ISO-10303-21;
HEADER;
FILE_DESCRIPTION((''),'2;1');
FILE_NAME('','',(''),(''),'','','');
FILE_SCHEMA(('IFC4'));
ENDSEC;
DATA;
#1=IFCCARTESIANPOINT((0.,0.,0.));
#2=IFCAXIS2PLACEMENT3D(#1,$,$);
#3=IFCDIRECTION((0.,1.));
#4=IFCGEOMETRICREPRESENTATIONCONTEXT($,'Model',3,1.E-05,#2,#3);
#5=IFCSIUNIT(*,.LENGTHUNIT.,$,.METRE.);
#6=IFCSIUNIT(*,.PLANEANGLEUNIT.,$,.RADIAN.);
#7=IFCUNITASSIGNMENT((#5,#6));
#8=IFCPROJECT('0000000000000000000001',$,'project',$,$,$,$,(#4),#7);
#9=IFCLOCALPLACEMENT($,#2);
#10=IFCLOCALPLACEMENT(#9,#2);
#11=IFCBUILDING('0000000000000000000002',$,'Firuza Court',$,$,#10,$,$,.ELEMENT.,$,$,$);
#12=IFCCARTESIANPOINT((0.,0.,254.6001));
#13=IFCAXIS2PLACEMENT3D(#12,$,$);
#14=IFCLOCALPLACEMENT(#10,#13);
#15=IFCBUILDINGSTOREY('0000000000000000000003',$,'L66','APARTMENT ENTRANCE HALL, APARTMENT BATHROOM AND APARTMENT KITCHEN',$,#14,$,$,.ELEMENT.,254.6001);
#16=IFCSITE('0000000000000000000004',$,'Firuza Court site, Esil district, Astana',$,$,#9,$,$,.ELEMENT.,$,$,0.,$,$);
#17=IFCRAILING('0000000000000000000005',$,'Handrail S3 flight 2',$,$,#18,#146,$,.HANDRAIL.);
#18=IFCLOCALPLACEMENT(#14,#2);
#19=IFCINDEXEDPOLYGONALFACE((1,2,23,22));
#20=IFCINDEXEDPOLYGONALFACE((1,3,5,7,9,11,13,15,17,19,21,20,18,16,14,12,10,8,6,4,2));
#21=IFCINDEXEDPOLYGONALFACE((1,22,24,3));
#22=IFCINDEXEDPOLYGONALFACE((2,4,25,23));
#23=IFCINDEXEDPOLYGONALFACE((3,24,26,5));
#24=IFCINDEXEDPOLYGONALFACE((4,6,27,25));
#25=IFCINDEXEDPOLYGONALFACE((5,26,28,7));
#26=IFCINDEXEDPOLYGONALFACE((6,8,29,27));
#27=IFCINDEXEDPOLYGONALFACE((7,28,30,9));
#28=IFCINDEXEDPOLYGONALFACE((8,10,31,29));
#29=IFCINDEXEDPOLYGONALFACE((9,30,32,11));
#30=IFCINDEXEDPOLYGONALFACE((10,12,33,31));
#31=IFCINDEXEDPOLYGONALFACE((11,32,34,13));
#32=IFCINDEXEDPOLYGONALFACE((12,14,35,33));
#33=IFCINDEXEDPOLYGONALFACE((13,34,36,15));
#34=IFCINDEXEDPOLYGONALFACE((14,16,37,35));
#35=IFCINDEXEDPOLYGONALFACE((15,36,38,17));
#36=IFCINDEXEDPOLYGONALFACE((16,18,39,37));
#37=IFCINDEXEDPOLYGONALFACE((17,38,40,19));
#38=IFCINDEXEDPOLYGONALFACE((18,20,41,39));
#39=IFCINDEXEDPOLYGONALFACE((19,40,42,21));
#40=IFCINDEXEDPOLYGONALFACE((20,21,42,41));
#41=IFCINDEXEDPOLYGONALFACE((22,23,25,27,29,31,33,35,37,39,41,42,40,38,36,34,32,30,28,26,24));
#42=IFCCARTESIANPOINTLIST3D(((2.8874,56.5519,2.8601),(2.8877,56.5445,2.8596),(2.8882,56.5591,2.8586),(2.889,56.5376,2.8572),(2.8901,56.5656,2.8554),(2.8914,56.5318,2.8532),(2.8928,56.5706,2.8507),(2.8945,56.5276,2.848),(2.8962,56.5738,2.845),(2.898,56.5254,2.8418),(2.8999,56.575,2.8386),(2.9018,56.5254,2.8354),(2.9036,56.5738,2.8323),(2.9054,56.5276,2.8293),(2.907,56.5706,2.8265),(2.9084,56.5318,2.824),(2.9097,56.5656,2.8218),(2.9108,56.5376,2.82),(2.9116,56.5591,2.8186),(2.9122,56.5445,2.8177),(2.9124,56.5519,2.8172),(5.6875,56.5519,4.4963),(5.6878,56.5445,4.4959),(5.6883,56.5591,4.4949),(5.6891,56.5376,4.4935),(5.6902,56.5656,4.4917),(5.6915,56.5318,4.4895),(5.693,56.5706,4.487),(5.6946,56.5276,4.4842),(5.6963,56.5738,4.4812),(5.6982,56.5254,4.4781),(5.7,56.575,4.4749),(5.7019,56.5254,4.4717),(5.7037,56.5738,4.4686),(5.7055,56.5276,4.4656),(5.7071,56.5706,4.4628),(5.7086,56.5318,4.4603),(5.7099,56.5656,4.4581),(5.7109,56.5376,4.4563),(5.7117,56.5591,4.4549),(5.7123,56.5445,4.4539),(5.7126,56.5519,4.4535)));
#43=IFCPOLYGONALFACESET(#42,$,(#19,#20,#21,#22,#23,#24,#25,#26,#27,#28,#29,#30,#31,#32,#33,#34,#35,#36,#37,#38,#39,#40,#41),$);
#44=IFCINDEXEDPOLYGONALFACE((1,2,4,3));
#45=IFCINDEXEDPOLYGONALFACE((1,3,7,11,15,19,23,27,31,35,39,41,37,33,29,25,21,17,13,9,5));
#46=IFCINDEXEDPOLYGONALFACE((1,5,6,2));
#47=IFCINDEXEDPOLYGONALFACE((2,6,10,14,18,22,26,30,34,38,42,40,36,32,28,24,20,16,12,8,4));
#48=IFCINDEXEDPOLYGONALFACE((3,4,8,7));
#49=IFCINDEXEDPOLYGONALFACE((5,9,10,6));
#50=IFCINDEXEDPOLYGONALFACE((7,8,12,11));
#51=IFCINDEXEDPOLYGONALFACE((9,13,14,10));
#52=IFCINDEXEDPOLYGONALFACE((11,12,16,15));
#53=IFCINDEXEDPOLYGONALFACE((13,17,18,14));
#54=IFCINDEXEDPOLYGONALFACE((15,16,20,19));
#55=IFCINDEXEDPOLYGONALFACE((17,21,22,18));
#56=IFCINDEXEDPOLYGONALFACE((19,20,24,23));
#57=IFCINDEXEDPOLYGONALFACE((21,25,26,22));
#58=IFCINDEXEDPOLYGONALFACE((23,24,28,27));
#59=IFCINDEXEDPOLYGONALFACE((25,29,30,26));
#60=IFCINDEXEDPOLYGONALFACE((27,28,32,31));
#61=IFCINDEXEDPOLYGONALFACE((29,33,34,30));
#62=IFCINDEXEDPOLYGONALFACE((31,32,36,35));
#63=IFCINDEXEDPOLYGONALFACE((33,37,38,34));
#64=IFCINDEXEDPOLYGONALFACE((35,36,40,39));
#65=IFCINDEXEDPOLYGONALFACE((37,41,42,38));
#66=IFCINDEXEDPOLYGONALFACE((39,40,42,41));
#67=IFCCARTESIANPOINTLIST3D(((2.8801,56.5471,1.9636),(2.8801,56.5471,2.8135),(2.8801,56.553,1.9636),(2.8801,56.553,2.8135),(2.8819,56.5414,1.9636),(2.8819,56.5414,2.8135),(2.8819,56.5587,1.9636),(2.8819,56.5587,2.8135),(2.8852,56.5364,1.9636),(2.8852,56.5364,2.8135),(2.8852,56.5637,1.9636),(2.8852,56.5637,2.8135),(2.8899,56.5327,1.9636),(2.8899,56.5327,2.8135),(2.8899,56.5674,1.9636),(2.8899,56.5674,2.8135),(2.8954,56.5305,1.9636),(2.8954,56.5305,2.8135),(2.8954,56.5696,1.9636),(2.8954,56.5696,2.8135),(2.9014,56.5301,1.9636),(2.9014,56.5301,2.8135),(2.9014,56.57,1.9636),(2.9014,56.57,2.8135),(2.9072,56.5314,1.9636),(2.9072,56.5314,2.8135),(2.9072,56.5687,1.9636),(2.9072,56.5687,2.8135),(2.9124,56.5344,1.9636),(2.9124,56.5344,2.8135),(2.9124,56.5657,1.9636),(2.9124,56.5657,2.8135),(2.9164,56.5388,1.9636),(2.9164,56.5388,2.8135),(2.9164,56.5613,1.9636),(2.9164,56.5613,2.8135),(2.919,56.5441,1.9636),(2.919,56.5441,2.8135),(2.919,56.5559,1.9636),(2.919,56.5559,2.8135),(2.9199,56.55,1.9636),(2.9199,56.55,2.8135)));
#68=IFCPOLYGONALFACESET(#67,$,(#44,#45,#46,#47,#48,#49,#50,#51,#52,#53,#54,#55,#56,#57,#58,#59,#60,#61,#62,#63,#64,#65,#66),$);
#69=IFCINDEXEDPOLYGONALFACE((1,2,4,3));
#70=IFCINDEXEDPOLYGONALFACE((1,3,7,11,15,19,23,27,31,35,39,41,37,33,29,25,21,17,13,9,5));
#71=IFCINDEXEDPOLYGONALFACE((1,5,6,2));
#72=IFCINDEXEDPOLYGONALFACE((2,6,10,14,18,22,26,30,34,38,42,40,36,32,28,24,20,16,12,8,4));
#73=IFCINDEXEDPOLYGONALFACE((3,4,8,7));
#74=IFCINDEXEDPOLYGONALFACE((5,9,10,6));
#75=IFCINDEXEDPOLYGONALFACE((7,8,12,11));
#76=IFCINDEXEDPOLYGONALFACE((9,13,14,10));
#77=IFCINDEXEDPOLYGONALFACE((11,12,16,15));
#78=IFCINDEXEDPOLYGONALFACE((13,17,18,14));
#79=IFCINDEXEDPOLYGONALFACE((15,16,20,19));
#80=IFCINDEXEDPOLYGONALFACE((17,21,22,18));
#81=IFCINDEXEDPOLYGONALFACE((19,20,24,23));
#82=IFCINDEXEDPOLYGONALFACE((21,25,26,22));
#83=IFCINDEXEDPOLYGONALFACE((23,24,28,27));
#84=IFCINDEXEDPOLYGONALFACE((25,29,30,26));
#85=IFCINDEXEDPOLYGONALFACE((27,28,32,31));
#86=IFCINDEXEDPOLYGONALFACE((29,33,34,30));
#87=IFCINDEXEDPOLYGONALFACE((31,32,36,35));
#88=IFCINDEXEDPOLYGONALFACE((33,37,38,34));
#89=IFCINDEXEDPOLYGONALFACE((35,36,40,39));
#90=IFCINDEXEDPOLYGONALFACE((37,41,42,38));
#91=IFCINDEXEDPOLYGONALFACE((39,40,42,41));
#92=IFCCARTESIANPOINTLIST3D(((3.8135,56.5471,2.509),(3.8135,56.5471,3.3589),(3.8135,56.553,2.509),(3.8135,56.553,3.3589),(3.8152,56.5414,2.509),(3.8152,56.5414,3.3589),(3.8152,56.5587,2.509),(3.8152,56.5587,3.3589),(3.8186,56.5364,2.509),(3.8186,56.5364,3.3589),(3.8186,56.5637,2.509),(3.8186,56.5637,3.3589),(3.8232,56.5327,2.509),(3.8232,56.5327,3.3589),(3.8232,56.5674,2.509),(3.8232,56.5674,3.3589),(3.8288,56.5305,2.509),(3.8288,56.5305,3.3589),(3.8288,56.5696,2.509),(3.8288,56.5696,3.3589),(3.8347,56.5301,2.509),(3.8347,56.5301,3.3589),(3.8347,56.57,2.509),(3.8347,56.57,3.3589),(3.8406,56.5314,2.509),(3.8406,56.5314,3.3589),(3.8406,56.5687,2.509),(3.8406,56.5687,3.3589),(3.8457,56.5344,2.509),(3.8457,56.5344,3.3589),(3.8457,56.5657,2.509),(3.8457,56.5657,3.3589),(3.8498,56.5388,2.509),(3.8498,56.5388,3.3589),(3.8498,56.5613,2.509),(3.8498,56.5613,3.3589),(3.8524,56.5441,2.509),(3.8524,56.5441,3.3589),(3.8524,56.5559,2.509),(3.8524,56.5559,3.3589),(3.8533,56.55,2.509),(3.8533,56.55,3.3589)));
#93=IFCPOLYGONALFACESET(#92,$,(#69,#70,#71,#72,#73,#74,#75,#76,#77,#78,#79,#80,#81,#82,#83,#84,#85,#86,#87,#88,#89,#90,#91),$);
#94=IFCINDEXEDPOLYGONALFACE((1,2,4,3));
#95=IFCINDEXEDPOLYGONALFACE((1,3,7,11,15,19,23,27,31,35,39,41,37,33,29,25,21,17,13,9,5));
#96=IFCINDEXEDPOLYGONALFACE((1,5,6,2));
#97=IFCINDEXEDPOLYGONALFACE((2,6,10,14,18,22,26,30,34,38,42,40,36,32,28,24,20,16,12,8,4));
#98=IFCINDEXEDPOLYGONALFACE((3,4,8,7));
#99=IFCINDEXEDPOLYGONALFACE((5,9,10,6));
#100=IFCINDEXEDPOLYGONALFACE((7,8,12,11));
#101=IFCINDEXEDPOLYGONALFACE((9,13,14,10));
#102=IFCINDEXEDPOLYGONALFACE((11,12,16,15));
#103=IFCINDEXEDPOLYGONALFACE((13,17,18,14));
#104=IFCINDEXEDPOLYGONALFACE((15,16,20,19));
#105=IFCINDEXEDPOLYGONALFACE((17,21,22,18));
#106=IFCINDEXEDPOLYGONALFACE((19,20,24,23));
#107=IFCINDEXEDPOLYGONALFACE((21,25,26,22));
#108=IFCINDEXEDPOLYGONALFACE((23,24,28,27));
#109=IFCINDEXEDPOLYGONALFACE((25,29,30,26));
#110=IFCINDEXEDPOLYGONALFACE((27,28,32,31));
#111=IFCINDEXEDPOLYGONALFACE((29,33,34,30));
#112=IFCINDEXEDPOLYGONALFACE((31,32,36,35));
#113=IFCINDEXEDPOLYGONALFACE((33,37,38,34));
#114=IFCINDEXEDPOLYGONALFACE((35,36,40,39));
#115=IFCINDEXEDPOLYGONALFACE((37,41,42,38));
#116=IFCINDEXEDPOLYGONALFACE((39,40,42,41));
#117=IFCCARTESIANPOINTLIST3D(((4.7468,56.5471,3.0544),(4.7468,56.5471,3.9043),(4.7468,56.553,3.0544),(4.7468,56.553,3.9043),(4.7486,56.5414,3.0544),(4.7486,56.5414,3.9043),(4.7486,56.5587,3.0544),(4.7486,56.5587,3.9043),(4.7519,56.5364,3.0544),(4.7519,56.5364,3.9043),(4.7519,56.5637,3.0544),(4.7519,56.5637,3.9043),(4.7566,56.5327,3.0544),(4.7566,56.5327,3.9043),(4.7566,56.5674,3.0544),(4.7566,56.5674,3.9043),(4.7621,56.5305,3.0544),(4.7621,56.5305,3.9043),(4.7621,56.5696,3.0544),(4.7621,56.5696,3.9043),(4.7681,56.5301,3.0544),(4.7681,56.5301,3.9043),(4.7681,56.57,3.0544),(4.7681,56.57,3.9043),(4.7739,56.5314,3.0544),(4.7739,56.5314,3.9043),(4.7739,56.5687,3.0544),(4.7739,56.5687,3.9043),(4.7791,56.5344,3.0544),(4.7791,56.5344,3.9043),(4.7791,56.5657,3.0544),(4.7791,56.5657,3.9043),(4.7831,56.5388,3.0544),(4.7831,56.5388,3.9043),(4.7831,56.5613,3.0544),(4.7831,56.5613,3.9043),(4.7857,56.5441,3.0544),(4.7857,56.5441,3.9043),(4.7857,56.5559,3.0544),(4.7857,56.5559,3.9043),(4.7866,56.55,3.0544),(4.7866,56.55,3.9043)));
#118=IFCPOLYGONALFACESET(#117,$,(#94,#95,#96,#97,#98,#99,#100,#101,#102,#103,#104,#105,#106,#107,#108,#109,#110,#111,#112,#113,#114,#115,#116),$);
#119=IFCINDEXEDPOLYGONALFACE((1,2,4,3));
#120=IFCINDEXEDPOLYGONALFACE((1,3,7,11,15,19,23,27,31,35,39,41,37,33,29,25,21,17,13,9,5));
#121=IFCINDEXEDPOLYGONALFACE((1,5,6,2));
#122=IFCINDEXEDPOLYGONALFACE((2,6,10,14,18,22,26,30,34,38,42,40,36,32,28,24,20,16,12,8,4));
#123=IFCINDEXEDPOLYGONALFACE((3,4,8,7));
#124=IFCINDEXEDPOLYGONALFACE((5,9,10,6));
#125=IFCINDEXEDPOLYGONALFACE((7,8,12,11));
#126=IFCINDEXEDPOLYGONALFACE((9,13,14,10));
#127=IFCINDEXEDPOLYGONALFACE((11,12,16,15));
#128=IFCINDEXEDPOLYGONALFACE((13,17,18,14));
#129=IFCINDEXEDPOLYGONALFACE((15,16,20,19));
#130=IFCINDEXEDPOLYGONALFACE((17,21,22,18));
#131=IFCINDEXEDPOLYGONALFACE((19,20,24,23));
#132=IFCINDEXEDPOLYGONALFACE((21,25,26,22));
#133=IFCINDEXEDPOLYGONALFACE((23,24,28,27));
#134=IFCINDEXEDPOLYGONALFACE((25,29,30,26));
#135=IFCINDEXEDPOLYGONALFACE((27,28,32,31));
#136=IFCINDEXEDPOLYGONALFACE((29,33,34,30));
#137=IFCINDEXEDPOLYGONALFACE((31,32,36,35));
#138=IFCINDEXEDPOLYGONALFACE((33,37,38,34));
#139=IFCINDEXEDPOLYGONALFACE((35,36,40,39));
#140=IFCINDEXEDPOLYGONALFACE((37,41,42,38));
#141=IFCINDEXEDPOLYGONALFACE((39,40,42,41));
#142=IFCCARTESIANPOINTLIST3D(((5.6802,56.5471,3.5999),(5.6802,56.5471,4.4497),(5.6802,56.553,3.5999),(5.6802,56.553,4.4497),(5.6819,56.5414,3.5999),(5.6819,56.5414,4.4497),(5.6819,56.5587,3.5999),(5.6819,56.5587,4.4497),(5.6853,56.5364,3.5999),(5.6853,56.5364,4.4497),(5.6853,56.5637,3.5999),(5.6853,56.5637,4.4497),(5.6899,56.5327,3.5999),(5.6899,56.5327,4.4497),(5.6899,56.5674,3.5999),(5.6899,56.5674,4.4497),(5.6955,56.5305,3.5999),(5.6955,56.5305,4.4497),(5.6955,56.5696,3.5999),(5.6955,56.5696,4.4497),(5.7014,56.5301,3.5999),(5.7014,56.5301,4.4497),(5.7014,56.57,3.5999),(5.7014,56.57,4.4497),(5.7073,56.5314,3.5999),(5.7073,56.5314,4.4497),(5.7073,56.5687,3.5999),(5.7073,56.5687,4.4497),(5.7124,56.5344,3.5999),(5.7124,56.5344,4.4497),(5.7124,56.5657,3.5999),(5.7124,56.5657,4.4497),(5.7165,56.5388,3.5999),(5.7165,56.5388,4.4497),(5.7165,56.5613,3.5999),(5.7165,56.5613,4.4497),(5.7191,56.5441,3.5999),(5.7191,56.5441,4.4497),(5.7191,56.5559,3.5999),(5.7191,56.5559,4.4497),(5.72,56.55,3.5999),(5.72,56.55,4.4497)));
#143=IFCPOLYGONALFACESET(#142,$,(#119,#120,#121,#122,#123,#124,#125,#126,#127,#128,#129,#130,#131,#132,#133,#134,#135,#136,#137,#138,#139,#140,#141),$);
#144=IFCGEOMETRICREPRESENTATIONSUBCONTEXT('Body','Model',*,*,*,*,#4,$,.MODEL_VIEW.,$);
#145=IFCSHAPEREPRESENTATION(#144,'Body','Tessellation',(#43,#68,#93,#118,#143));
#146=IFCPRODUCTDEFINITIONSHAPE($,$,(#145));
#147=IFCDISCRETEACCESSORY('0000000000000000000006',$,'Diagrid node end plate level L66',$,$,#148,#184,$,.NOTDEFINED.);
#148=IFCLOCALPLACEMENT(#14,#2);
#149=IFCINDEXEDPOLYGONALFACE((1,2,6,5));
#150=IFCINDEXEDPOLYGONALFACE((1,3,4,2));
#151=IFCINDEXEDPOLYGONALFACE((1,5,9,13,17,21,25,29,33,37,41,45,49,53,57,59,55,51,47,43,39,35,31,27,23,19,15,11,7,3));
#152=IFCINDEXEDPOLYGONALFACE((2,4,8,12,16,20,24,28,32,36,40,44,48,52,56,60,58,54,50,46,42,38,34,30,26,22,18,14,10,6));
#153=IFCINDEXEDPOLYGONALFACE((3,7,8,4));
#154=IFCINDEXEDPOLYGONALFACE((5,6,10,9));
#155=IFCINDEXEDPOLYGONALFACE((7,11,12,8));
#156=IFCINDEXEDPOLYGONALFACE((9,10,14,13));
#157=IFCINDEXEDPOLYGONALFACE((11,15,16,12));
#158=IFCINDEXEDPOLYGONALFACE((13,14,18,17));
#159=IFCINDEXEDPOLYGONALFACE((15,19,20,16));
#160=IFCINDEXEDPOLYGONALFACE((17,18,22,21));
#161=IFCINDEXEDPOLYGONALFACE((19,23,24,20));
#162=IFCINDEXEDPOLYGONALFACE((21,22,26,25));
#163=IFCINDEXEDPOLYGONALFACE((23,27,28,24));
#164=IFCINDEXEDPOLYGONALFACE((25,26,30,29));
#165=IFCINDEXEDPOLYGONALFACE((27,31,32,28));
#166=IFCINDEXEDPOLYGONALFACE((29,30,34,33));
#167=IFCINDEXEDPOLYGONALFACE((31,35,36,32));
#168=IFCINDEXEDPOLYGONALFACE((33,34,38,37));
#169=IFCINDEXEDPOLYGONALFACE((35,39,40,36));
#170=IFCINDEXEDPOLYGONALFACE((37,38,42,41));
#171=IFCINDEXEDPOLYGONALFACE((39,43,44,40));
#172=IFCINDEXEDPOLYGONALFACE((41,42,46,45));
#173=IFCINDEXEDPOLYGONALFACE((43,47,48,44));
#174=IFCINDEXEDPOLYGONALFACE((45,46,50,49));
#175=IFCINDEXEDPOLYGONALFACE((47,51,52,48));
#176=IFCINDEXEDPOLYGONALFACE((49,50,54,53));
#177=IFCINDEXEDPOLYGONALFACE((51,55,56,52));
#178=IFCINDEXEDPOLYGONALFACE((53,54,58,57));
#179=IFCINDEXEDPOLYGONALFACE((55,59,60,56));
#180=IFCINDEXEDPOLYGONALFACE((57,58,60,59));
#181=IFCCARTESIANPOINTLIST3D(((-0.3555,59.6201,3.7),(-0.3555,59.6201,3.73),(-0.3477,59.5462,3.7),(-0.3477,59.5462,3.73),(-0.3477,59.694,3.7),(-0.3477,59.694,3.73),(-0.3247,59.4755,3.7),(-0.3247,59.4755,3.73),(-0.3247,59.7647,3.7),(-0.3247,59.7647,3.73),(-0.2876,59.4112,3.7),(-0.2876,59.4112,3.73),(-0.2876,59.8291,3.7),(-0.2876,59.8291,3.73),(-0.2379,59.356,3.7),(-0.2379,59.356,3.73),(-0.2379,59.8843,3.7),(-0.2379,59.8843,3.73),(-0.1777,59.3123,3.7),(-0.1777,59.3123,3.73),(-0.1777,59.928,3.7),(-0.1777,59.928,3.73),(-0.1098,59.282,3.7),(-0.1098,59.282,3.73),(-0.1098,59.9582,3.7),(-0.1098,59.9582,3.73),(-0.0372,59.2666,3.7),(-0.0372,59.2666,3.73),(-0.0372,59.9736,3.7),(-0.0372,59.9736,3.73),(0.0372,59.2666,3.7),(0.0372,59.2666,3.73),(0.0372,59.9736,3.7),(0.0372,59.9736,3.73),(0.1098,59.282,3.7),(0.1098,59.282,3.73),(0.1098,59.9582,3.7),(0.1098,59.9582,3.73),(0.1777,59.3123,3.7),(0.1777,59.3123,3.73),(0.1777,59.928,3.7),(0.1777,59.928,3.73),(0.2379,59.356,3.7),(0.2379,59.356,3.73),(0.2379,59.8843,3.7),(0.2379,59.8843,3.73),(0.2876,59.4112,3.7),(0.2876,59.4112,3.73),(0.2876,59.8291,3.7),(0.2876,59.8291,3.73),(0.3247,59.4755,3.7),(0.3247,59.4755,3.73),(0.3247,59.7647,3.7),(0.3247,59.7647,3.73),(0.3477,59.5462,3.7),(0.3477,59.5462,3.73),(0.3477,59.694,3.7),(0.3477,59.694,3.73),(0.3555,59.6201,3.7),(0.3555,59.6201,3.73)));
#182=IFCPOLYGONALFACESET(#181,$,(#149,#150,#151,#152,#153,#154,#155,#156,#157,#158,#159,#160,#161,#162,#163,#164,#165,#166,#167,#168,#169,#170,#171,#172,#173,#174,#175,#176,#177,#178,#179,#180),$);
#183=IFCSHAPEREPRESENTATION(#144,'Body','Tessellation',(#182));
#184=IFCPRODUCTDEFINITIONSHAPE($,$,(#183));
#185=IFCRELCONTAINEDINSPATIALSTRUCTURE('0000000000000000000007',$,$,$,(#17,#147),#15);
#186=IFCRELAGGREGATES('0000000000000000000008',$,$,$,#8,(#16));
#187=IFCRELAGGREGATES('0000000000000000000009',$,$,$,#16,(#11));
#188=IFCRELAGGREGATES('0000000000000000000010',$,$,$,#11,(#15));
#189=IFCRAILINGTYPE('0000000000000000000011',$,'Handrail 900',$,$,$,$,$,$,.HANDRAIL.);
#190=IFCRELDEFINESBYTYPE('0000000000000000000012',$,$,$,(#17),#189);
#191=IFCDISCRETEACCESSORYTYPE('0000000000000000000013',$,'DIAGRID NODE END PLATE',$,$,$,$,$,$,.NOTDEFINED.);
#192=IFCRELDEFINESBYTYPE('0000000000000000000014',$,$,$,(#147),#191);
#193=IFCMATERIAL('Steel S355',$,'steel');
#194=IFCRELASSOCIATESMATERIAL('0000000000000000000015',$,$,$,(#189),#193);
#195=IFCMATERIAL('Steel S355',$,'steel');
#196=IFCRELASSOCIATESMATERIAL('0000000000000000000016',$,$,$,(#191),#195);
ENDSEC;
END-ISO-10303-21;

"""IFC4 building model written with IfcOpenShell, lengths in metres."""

from ifc_helpers import new_model, si_unit, direction, frame, origin, origin_2d, place, context, subcontext, project, spatial, circle, extrude, material, material_profile, profile_set, type_object, element, save


model = new_model("IFC4")

# Units and contexts
model_context = context("Model", 3, precision=1e-05, world=origin(), true_north=direction((0.0, 1.0)))
body_context = subcontext(model_context, "Body", "Model", "MODEL_VIEW")
ifc_project = project(units=[si_unit("LENGTHUNIT", "METRE"), si_unit("PLANEANGLEUNIT", "RADIAN")], contexts=[model_context])

# Site, building, storey
site_placement = place(None, origin())
site = spatial("IfcSite", under=ifc_project, at=site_placement, Name="Firuza Court site, Esil district, Astana", CompositionType="ELEMENT", RefElevation=0.0)
building_placement = place(site_placement, origin())
building = spatial("IfcBuilding", under=site, at=building_placement, Name="Firuza Court", CompositionType="ELEMENT")
storey_placement = place(building_placement, frame((0.0, 0.0, 254.6001)))
storey = spatial("IfcBuildingStorey", under=building, at=storey_placement, Name="L66", Description="APARTMENT ENTRANCE HALL, APARTMENT BATHROOM AND APARTMENT KITCHEN", CompositionType="ELEMENT", Elevation=254.6001)

# Railing
ifc_material_1 = material(Name="Steel S355", Category="steel")
railing_type_1 = type_object("IfcRailingType", Name="Handrail 900", PredefinedType="HANDRAIL", material=ifc_material_1)
railing_1_placement = place(storey_placement, frame((2.8999, 56.55, 1.9636)))
element("IfcRailing", 1, at=railing_1_placement, inside=storey, type_object=railing_type_1, Name="Handrail S3 flight 2", PredefinedType="HANDRAIL", context=body_context, shape_type="SweptSolid", body=[
    extrude(circle(Radius=0.0249, at=origin_2d()), frame((0.0, 0.0, 0.875), z_axis=(0.863394, 0.0, 0.504531), x_axis=(0.0, 1.0, 0.0)), (0.0, 0.0, 1.0), 3.2432),
    extrude(circle(Radius=0.02, at=origin_2d()), origin(), (0.0, 0.0, 1.0), 0.8499),
    extrude(circle(Radius=0.02, at=origin_2d()), frame((0.9333, 0.0, 0.5454)), (0.0, 0.0, 1.0), 0.8499),
    extrude(circle(Radius=0.02, at=origin_2d()), frame((1.8667, 0.0, 1.0908)), (0.0, 0.0, 1.0), 0.8499),
    extrude(circle(Radius=0.02, at=origin_2d()), frame((2.8, 0.0, 1.6362)), (0.0, 0.0, 1.0), 0.8499),
])

# Discrete accessory
ifc_material_2 = material(Name="Steel S355", Category="steel")
ifc_material_profile_1 = material_profile(ifc_material_2, circle(Radius=0.3555, at=origin_2d()), Name="PL D711")
ifc_profile_set_1 = profile_set([ifc_material_profile_1], Name="Steel S355")
discrete_accessory_type = type_object("IfcDiscreteAccessoryType", Name="DIAGRID NODE END PLATE", PredefinedType="NOTDEFINED", material=ifc_profile_set_1)
for number, where, z_axis, x_axis, name in (
    (2, (0.0, 59.6201, 3.7), (0.0, 0.0, 1.0), (1.0, 0.0, 0.0), "Diagrid node end plate level L66"),
):
    element("IfcDiscreteAccessory", number, at=place(storey_placement, frame(where, z_axis=z_axis, x_axis=x_axis)), inside=storey, type_object=discrete_accessory_type, Name=name, PredefinedType="NOTDEFINED", context=body_context, shape_type="SweptSolid", body=[
        extrude(circle(Radius=0.3555, at=origin_2d()), origin(), (0.0, 0.0, 1.0), 0.03),
    ])

save(model, "model.ifc")
